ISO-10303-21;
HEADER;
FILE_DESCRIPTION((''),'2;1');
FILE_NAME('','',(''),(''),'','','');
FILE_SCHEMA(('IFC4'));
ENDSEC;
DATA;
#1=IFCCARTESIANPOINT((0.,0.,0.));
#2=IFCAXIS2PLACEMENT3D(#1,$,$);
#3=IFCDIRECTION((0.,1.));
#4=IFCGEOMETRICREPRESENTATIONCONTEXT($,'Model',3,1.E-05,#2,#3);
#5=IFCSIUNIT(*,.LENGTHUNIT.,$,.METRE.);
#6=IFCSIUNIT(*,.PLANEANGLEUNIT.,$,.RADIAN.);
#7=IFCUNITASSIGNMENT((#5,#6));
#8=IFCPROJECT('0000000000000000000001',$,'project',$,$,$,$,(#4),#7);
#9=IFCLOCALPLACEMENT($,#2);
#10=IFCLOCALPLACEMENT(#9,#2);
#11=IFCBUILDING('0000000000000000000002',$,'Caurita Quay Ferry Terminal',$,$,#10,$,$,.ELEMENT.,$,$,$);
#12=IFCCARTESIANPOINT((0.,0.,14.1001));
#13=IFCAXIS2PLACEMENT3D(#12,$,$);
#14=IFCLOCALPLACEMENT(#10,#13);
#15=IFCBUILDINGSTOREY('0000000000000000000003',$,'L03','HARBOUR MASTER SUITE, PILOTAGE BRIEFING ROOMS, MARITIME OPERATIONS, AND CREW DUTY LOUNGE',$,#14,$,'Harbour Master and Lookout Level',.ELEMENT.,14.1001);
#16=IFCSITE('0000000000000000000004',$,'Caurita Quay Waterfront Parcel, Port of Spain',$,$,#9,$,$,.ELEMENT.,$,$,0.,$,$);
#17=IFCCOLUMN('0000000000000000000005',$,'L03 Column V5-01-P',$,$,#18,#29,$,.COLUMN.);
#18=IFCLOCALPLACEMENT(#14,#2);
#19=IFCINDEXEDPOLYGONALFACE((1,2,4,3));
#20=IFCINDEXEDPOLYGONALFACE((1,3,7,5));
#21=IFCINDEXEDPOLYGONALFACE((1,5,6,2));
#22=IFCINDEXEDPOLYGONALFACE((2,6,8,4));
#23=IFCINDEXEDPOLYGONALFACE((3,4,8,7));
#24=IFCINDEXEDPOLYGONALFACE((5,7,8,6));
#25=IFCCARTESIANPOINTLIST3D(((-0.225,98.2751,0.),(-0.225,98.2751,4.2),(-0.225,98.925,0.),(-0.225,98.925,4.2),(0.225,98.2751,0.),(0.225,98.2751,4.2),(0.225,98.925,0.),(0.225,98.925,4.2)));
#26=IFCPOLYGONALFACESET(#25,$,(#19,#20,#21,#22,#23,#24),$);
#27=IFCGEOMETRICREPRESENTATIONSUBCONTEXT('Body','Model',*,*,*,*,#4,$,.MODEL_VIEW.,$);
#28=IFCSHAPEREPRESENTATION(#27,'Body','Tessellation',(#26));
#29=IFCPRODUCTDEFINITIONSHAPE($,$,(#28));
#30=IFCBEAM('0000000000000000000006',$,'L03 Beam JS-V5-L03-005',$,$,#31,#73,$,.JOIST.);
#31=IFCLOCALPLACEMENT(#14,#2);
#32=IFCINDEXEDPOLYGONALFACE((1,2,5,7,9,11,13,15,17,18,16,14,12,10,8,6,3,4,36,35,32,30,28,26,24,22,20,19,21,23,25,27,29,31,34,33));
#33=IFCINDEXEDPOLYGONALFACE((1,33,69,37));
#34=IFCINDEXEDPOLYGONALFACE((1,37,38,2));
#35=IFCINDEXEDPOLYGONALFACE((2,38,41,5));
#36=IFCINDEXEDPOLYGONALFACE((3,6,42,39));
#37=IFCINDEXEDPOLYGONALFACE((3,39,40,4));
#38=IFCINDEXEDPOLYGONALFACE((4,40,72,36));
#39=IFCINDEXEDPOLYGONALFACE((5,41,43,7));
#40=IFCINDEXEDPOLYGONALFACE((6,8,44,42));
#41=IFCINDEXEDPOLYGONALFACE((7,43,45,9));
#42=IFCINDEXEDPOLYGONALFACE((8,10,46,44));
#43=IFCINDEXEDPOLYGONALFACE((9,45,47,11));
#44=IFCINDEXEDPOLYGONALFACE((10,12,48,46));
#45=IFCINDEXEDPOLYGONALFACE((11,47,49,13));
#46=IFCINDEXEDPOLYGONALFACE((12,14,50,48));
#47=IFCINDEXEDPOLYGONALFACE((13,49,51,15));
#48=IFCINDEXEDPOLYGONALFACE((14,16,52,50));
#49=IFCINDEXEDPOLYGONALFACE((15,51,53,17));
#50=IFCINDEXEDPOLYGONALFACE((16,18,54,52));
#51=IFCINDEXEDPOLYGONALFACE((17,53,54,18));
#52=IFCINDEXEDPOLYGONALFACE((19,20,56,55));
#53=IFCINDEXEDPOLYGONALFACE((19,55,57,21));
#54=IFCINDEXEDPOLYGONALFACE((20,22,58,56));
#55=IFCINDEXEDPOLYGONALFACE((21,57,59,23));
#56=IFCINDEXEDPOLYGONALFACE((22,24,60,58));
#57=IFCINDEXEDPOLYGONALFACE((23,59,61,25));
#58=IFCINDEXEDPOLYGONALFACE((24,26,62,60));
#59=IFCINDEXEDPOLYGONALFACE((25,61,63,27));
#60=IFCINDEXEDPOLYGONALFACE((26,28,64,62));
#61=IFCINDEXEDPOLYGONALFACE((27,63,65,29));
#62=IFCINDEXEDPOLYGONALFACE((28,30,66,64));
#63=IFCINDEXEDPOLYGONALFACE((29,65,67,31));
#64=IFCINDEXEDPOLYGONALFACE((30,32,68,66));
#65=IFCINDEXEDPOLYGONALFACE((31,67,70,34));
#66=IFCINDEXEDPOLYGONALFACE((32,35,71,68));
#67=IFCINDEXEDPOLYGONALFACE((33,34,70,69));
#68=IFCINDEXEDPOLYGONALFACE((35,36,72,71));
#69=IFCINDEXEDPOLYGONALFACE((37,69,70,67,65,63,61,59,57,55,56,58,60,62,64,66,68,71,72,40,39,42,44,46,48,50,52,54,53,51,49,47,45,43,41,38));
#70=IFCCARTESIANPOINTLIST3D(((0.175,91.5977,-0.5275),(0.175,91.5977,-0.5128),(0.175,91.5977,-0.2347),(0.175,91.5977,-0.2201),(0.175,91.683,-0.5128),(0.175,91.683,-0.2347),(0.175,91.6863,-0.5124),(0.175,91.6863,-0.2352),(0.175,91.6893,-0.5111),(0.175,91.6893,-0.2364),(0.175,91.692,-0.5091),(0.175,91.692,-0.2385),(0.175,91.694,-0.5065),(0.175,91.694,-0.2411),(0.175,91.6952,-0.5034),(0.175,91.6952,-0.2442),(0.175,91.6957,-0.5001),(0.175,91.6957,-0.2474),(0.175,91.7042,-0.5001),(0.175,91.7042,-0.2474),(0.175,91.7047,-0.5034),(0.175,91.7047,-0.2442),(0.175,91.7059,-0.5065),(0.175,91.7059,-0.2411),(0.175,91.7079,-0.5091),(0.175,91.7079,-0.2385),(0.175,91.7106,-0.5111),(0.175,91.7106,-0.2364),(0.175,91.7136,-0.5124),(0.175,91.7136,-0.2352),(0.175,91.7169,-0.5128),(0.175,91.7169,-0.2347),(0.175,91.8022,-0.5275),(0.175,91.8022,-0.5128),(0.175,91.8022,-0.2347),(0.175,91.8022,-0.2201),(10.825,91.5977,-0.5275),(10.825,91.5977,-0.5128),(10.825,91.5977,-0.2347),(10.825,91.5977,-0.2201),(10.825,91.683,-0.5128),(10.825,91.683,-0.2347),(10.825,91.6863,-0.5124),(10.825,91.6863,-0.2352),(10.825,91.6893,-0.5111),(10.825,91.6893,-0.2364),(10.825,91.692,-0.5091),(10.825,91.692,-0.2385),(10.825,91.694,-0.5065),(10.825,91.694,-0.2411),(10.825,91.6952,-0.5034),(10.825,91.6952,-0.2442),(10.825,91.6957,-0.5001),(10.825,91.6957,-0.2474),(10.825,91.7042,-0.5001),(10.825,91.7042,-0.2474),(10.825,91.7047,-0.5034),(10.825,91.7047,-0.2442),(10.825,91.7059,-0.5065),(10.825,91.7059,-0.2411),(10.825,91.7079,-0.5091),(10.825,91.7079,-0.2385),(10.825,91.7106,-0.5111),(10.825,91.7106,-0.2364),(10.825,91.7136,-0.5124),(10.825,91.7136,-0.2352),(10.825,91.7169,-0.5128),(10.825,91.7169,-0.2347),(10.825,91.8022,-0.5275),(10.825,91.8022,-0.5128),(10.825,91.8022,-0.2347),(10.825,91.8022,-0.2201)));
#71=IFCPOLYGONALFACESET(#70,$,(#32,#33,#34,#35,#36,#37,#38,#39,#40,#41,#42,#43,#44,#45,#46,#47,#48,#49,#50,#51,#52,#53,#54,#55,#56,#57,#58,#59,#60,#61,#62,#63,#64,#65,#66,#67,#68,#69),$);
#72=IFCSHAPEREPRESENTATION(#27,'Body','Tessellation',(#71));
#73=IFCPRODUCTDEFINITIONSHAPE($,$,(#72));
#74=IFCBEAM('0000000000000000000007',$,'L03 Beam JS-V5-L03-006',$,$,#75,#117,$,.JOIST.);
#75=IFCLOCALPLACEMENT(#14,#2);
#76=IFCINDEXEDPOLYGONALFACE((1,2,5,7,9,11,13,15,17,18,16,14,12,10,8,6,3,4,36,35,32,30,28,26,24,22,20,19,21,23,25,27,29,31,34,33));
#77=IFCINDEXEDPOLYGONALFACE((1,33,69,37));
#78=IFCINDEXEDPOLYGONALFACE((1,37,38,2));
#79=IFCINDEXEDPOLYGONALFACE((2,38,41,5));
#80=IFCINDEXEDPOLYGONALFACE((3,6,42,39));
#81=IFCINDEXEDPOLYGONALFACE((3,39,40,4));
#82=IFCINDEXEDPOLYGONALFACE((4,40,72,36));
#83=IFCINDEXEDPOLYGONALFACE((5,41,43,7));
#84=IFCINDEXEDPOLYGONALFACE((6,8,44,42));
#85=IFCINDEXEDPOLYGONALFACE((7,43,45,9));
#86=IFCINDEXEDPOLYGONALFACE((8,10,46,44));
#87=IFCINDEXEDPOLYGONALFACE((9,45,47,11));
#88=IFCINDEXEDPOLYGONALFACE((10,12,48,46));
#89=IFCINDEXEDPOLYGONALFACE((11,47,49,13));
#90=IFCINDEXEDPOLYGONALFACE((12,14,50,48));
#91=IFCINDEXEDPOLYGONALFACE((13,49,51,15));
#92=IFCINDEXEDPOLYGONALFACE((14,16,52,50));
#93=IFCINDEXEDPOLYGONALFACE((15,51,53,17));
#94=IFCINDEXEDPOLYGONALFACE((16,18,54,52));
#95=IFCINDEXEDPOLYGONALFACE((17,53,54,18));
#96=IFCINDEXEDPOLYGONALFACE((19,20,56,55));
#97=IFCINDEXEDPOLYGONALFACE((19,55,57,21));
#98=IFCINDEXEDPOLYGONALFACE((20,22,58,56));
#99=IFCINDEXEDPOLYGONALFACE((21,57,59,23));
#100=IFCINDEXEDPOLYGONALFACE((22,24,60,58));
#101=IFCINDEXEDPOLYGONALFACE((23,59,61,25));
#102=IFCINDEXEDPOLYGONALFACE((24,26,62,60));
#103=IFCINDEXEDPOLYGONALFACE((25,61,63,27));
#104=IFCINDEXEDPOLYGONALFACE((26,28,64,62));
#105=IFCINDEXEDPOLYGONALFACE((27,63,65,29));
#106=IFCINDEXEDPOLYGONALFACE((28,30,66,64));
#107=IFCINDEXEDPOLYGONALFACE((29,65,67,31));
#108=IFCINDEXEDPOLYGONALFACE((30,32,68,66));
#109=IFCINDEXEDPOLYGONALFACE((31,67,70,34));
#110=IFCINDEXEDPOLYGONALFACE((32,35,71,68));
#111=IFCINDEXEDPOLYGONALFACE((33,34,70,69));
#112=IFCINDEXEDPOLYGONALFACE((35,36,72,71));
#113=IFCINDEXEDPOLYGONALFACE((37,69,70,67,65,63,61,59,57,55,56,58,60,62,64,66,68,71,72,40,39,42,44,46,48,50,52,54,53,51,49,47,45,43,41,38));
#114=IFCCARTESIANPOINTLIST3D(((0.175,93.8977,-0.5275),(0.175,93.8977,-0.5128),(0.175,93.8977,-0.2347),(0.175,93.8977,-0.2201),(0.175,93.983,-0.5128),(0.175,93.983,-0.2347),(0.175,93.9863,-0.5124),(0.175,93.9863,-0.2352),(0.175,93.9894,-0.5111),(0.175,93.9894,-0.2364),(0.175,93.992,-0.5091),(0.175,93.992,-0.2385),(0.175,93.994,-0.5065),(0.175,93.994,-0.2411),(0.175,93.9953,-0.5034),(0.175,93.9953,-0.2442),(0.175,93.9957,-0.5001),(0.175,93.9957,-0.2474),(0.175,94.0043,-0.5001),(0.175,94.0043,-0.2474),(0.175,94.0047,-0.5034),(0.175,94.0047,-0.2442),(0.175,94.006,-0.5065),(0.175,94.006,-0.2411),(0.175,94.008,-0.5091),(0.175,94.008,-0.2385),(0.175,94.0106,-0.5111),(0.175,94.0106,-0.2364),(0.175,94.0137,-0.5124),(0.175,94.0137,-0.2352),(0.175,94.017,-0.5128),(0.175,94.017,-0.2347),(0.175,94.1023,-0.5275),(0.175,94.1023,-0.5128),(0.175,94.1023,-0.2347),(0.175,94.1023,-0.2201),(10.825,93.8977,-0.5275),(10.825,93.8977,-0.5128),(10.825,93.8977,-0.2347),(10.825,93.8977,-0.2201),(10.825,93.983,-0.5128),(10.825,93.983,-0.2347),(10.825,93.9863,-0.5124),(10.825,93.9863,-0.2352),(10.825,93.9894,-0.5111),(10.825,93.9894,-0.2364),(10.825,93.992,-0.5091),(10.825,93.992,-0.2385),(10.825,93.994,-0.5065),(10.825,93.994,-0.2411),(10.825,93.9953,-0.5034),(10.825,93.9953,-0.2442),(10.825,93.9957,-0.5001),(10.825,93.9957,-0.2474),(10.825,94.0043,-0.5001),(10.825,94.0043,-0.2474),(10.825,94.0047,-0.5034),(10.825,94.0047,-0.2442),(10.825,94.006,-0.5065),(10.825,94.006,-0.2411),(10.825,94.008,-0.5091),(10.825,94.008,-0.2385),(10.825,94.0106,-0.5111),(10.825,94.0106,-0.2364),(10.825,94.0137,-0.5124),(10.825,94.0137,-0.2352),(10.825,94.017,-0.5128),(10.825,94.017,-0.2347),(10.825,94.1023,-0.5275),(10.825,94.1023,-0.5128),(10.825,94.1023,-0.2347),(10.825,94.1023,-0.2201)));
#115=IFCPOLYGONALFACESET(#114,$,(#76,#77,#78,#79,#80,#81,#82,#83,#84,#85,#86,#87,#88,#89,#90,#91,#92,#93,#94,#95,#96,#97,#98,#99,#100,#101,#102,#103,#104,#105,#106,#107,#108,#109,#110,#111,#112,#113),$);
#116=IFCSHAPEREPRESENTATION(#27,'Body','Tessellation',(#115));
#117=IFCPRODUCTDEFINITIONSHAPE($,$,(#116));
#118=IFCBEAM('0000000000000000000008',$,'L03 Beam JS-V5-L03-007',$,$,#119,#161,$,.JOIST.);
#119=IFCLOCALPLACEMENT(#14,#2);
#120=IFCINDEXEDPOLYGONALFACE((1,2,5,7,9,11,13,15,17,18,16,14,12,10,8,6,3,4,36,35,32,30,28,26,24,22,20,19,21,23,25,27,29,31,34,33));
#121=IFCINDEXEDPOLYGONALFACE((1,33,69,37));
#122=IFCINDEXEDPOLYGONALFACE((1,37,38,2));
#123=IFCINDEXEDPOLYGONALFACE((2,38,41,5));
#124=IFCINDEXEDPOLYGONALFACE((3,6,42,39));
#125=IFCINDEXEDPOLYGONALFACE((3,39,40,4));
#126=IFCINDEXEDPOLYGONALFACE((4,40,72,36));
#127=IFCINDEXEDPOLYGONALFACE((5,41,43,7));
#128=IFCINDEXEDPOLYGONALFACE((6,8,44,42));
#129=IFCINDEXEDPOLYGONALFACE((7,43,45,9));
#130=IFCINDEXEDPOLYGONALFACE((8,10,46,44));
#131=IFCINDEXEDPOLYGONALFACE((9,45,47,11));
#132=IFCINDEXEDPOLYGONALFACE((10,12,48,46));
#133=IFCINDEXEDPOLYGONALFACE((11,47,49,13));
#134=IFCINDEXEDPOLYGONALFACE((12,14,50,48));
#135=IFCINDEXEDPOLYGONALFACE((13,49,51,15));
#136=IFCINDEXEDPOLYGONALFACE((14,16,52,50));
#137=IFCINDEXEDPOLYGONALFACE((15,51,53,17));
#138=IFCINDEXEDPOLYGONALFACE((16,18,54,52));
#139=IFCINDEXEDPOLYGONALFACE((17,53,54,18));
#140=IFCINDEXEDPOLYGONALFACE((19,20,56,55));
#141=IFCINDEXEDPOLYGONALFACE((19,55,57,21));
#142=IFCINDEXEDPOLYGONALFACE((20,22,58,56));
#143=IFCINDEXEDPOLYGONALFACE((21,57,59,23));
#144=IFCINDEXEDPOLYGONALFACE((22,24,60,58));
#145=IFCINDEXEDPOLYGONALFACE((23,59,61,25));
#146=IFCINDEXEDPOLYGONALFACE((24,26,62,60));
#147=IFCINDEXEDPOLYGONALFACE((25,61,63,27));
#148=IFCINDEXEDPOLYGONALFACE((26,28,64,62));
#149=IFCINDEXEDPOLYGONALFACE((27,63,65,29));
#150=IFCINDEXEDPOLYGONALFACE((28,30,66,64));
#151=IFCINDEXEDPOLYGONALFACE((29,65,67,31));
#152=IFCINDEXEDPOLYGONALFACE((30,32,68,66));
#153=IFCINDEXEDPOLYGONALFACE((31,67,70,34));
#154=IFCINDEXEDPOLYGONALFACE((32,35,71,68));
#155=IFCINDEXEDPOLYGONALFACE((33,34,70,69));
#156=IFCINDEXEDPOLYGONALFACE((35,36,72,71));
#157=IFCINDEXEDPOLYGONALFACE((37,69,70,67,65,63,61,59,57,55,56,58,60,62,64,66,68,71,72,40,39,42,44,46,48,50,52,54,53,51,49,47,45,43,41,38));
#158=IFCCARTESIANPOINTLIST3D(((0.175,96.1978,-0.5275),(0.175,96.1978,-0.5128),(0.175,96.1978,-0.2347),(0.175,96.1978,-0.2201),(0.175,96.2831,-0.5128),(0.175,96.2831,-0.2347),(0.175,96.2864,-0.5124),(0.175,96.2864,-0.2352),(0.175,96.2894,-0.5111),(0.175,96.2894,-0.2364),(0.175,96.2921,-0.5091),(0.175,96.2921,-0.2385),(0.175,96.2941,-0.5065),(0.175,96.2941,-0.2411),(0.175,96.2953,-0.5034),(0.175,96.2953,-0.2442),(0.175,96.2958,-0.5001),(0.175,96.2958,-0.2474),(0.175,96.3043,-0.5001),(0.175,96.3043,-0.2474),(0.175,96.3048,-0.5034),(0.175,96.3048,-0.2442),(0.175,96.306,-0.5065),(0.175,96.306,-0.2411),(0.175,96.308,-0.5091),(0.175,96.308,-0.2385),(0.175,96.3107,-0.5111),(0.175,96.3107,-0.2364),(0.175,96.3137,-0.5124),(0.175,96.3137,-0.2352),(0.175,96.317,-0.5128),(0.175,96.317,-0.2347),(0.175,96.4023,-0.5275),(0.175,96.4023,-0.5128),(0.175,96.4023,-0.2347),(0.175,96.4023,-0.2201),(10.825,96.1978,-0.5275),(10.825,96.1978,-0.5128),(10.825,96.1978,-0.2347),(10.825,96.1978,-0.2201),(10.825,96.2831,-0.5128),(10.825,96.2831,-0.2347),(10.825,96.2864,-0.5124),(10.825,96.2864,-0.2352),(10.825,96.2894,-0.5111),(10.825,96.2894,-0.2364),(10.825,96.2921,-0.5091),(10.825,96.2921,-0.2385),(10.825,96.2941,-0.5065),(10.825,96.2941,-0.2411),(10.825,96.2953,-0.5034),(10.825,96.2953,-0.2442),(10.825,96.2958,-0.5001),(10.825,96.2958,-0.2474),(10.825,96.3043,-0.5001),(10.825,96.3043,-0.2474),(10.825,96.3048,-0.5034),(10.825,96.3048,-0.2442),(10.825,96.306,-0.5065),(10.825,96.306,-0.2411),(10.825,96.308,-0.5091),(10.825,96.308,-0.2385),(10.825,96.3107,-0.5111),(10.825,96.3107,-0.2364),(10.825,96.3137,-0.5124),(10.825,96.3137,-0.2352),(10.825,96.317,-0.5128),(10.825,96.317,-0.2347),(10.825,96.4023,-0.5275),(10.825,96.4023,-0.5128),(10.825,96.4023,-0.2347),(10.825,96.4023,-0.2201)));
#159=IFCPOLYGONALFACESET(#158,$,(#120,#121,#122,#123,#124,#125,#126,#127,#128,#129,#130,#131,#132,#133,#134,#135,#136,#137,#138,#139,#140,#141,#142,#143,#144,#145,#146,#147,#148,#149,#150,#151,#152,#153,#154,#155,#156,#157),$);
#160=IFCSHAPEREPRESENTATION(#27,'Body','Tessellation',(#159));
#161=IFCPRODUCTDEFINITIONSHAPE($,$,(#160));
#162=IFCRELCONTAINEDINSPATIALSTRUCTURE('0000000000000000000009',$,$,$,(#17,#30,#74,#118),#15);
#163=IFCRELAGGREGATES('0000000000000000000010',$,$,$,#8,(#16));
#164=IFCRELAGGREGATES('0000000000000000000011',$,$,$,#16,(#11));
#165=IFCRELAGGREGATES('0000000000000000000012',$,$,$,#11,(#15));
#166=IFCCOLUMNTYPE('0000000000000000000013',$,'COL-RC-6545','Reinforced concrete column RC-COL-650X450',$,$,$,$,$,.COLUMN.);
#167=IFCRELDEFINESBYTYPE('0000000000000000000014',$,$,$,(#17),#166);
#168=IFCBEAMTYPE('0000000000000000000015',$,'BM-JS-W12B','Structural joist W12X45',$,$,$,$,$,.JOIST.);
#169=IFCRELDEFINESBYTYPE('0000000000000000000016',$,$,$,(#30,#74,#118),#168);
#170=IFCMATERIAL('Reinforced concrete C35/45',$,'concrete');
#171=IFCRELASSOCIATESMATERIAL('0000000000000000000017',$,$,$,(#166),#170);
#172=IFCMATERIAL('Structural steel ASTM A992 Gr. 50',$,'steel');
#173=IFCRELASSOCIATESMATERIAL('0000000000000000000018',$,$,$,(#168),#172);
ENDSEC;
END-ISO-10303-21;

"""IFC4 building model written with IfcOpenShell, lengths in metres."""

from ifc_helpers import new_model, si_unit, direction, frame, origin, origin_2d, place, context, subcontext, project, spatial, rectangle, i_section, extrude, material, material_profile, profile_set, type_object, element, save


model = new_model("IFC4")

# Units and contexts
model_context = context("Model", 3, precision=1e-05, world=origin(), true_north=direction((0.0, 1.0)))
body_context = subcontext(model_context, "Body", "Model", "MODEL_VIEW")
ifc_project = project(units=[si_unit("LENGTHUNIT", "METRE"), si_unit("PLANEANGLEUNIT", "RADIAN")], contexts=[model_context])

# Site, building, storey
site_placement = place(None, origin())
site = spatial("IfcSite", under=ifc_project, at=site_placement, Name="Caurita Quay Waterfront Parcel, Port of Spain", CompositionType="ELEMENT", RefElevation=0.0)
building_placement = place(site_placement, origin())
building = spatial("IfcBuilding", under=site, at=building_placement, Name="Caurita Quay Ferry Terminal", CompositionType="ELEMENT")
storey_placement = place(building_placement, frame((0.0, 0.0, 14.1001)))
storey = spatial("IfcBuildingStorey", under=building, at=storey_placement, Name="L03", Description="HARBOUR MASTER SUITE, PILOTAGE BRIEFING ROOMS, MARITIME OPERATIONS, AND CREW DUTY LOUNGE", LongName="Harbour Master and Lookout Level", CompositionType="ELEMENT", Elevation=14.1001)

# Column
ifc_material_1 = material(Name="Reinforced concrete C35/45", Category="concrete")
ifc_material_profile_1 = material_profile(ifc_material_1, rectangle(XDim=0.45, YDim=0.6499, at=origin_2d()), Name="RC-COL-650X450")
ifc_profile_set_1 = profile_set([ifc_material_profile_1], Name="Reinforced concrete C35/45")
column_type = type_object("IfcColumnType", Name="COL-RC-6545", Description="Reinforced concrete column RC-COL-650X450", PredefinedType="COLUMN", material=ifc_profile_set_1)
column_placement = place(storey_placement, frame((0.0, 98.6001, 0.0), z_axis=(0.0, 0.0, 1.0), x_axis=(1.0, 0.0, 0.0)))
element("IfcColumn", 1, at=column_placement, inside=storey, type_object=column_type, Name="L03 Column V5-01-P", PredefinedType="COLUMN", context=body_context, shape_type="SweptSolid", body=[
    extrude(rectangle(XDim=0.45, YDim=0.6499, at=origin_2d()), origin(), (0.0, 0.0, 1.0), 4.2),
])

# Beams
ifc_material_2 = material(Name="Structural steel ASTM A992 Gr. 50", Category="steel")
ifc_material_profile_2 = material_profile(ifc_material_2, i_section(OverallWidth=0.2046, OverallDepth=0.3074, WebThickness=0.0085, FlangeThickness=0.0146, FilletRadius=0.0127, at=origin_2d()), Name="W12X45")
ifc_profile_set_2 = profile_set([ifc_material_profile_2], Name="Structural steel ASTM A992 Gr. 50")
beam_type_1 = type_object("IfcBeamType", Name="BM-JS-W12B", Description="Structural joist W12X45", PredefinedType="JOIST", material=ifc_profile_set_2)
for number, where, z_axis, x_axis, name in (
    (2, (0.175, 91.7, -0.3738), (1.0, 0.0, 0.0), (0.0, 1.0, 0.0), "L03 Beam JS-V5-L03-005"),
    (3, (0.175, 94.0, -0.3738), (1.0, 0.0, 0.0), (0.0, 1.0, 0.0), "L03 Beam JS-V5-L03-006"),
    (4, (0.175, 96.3, -0.3738), (1.0, 0.0, 0.0), (0.0, 1.0, 0.0), "L03 Beam JS-V5-L03-007"),
):
    element("IfcBeam", number, at=place(storey_placement, frame(where, z_axis=z_axis, x_axis=x_axis)), inside=storey, type_object=beam_type_1, Name=name, PredefinedType="JOIST", context=body_context, shape_type="SweptSolid", body=[
        extrude(i_section(OverallWidth=0.2046, OverallDepth=0.3074, WebThickness=0.0085, FlangeThickness=0.0146, FilletRadius=0.0127, at=origin_2d()), origin(), (0.0, 0.0, 1.0), 10.6499),
    ])

save(model, "model.ifc")
